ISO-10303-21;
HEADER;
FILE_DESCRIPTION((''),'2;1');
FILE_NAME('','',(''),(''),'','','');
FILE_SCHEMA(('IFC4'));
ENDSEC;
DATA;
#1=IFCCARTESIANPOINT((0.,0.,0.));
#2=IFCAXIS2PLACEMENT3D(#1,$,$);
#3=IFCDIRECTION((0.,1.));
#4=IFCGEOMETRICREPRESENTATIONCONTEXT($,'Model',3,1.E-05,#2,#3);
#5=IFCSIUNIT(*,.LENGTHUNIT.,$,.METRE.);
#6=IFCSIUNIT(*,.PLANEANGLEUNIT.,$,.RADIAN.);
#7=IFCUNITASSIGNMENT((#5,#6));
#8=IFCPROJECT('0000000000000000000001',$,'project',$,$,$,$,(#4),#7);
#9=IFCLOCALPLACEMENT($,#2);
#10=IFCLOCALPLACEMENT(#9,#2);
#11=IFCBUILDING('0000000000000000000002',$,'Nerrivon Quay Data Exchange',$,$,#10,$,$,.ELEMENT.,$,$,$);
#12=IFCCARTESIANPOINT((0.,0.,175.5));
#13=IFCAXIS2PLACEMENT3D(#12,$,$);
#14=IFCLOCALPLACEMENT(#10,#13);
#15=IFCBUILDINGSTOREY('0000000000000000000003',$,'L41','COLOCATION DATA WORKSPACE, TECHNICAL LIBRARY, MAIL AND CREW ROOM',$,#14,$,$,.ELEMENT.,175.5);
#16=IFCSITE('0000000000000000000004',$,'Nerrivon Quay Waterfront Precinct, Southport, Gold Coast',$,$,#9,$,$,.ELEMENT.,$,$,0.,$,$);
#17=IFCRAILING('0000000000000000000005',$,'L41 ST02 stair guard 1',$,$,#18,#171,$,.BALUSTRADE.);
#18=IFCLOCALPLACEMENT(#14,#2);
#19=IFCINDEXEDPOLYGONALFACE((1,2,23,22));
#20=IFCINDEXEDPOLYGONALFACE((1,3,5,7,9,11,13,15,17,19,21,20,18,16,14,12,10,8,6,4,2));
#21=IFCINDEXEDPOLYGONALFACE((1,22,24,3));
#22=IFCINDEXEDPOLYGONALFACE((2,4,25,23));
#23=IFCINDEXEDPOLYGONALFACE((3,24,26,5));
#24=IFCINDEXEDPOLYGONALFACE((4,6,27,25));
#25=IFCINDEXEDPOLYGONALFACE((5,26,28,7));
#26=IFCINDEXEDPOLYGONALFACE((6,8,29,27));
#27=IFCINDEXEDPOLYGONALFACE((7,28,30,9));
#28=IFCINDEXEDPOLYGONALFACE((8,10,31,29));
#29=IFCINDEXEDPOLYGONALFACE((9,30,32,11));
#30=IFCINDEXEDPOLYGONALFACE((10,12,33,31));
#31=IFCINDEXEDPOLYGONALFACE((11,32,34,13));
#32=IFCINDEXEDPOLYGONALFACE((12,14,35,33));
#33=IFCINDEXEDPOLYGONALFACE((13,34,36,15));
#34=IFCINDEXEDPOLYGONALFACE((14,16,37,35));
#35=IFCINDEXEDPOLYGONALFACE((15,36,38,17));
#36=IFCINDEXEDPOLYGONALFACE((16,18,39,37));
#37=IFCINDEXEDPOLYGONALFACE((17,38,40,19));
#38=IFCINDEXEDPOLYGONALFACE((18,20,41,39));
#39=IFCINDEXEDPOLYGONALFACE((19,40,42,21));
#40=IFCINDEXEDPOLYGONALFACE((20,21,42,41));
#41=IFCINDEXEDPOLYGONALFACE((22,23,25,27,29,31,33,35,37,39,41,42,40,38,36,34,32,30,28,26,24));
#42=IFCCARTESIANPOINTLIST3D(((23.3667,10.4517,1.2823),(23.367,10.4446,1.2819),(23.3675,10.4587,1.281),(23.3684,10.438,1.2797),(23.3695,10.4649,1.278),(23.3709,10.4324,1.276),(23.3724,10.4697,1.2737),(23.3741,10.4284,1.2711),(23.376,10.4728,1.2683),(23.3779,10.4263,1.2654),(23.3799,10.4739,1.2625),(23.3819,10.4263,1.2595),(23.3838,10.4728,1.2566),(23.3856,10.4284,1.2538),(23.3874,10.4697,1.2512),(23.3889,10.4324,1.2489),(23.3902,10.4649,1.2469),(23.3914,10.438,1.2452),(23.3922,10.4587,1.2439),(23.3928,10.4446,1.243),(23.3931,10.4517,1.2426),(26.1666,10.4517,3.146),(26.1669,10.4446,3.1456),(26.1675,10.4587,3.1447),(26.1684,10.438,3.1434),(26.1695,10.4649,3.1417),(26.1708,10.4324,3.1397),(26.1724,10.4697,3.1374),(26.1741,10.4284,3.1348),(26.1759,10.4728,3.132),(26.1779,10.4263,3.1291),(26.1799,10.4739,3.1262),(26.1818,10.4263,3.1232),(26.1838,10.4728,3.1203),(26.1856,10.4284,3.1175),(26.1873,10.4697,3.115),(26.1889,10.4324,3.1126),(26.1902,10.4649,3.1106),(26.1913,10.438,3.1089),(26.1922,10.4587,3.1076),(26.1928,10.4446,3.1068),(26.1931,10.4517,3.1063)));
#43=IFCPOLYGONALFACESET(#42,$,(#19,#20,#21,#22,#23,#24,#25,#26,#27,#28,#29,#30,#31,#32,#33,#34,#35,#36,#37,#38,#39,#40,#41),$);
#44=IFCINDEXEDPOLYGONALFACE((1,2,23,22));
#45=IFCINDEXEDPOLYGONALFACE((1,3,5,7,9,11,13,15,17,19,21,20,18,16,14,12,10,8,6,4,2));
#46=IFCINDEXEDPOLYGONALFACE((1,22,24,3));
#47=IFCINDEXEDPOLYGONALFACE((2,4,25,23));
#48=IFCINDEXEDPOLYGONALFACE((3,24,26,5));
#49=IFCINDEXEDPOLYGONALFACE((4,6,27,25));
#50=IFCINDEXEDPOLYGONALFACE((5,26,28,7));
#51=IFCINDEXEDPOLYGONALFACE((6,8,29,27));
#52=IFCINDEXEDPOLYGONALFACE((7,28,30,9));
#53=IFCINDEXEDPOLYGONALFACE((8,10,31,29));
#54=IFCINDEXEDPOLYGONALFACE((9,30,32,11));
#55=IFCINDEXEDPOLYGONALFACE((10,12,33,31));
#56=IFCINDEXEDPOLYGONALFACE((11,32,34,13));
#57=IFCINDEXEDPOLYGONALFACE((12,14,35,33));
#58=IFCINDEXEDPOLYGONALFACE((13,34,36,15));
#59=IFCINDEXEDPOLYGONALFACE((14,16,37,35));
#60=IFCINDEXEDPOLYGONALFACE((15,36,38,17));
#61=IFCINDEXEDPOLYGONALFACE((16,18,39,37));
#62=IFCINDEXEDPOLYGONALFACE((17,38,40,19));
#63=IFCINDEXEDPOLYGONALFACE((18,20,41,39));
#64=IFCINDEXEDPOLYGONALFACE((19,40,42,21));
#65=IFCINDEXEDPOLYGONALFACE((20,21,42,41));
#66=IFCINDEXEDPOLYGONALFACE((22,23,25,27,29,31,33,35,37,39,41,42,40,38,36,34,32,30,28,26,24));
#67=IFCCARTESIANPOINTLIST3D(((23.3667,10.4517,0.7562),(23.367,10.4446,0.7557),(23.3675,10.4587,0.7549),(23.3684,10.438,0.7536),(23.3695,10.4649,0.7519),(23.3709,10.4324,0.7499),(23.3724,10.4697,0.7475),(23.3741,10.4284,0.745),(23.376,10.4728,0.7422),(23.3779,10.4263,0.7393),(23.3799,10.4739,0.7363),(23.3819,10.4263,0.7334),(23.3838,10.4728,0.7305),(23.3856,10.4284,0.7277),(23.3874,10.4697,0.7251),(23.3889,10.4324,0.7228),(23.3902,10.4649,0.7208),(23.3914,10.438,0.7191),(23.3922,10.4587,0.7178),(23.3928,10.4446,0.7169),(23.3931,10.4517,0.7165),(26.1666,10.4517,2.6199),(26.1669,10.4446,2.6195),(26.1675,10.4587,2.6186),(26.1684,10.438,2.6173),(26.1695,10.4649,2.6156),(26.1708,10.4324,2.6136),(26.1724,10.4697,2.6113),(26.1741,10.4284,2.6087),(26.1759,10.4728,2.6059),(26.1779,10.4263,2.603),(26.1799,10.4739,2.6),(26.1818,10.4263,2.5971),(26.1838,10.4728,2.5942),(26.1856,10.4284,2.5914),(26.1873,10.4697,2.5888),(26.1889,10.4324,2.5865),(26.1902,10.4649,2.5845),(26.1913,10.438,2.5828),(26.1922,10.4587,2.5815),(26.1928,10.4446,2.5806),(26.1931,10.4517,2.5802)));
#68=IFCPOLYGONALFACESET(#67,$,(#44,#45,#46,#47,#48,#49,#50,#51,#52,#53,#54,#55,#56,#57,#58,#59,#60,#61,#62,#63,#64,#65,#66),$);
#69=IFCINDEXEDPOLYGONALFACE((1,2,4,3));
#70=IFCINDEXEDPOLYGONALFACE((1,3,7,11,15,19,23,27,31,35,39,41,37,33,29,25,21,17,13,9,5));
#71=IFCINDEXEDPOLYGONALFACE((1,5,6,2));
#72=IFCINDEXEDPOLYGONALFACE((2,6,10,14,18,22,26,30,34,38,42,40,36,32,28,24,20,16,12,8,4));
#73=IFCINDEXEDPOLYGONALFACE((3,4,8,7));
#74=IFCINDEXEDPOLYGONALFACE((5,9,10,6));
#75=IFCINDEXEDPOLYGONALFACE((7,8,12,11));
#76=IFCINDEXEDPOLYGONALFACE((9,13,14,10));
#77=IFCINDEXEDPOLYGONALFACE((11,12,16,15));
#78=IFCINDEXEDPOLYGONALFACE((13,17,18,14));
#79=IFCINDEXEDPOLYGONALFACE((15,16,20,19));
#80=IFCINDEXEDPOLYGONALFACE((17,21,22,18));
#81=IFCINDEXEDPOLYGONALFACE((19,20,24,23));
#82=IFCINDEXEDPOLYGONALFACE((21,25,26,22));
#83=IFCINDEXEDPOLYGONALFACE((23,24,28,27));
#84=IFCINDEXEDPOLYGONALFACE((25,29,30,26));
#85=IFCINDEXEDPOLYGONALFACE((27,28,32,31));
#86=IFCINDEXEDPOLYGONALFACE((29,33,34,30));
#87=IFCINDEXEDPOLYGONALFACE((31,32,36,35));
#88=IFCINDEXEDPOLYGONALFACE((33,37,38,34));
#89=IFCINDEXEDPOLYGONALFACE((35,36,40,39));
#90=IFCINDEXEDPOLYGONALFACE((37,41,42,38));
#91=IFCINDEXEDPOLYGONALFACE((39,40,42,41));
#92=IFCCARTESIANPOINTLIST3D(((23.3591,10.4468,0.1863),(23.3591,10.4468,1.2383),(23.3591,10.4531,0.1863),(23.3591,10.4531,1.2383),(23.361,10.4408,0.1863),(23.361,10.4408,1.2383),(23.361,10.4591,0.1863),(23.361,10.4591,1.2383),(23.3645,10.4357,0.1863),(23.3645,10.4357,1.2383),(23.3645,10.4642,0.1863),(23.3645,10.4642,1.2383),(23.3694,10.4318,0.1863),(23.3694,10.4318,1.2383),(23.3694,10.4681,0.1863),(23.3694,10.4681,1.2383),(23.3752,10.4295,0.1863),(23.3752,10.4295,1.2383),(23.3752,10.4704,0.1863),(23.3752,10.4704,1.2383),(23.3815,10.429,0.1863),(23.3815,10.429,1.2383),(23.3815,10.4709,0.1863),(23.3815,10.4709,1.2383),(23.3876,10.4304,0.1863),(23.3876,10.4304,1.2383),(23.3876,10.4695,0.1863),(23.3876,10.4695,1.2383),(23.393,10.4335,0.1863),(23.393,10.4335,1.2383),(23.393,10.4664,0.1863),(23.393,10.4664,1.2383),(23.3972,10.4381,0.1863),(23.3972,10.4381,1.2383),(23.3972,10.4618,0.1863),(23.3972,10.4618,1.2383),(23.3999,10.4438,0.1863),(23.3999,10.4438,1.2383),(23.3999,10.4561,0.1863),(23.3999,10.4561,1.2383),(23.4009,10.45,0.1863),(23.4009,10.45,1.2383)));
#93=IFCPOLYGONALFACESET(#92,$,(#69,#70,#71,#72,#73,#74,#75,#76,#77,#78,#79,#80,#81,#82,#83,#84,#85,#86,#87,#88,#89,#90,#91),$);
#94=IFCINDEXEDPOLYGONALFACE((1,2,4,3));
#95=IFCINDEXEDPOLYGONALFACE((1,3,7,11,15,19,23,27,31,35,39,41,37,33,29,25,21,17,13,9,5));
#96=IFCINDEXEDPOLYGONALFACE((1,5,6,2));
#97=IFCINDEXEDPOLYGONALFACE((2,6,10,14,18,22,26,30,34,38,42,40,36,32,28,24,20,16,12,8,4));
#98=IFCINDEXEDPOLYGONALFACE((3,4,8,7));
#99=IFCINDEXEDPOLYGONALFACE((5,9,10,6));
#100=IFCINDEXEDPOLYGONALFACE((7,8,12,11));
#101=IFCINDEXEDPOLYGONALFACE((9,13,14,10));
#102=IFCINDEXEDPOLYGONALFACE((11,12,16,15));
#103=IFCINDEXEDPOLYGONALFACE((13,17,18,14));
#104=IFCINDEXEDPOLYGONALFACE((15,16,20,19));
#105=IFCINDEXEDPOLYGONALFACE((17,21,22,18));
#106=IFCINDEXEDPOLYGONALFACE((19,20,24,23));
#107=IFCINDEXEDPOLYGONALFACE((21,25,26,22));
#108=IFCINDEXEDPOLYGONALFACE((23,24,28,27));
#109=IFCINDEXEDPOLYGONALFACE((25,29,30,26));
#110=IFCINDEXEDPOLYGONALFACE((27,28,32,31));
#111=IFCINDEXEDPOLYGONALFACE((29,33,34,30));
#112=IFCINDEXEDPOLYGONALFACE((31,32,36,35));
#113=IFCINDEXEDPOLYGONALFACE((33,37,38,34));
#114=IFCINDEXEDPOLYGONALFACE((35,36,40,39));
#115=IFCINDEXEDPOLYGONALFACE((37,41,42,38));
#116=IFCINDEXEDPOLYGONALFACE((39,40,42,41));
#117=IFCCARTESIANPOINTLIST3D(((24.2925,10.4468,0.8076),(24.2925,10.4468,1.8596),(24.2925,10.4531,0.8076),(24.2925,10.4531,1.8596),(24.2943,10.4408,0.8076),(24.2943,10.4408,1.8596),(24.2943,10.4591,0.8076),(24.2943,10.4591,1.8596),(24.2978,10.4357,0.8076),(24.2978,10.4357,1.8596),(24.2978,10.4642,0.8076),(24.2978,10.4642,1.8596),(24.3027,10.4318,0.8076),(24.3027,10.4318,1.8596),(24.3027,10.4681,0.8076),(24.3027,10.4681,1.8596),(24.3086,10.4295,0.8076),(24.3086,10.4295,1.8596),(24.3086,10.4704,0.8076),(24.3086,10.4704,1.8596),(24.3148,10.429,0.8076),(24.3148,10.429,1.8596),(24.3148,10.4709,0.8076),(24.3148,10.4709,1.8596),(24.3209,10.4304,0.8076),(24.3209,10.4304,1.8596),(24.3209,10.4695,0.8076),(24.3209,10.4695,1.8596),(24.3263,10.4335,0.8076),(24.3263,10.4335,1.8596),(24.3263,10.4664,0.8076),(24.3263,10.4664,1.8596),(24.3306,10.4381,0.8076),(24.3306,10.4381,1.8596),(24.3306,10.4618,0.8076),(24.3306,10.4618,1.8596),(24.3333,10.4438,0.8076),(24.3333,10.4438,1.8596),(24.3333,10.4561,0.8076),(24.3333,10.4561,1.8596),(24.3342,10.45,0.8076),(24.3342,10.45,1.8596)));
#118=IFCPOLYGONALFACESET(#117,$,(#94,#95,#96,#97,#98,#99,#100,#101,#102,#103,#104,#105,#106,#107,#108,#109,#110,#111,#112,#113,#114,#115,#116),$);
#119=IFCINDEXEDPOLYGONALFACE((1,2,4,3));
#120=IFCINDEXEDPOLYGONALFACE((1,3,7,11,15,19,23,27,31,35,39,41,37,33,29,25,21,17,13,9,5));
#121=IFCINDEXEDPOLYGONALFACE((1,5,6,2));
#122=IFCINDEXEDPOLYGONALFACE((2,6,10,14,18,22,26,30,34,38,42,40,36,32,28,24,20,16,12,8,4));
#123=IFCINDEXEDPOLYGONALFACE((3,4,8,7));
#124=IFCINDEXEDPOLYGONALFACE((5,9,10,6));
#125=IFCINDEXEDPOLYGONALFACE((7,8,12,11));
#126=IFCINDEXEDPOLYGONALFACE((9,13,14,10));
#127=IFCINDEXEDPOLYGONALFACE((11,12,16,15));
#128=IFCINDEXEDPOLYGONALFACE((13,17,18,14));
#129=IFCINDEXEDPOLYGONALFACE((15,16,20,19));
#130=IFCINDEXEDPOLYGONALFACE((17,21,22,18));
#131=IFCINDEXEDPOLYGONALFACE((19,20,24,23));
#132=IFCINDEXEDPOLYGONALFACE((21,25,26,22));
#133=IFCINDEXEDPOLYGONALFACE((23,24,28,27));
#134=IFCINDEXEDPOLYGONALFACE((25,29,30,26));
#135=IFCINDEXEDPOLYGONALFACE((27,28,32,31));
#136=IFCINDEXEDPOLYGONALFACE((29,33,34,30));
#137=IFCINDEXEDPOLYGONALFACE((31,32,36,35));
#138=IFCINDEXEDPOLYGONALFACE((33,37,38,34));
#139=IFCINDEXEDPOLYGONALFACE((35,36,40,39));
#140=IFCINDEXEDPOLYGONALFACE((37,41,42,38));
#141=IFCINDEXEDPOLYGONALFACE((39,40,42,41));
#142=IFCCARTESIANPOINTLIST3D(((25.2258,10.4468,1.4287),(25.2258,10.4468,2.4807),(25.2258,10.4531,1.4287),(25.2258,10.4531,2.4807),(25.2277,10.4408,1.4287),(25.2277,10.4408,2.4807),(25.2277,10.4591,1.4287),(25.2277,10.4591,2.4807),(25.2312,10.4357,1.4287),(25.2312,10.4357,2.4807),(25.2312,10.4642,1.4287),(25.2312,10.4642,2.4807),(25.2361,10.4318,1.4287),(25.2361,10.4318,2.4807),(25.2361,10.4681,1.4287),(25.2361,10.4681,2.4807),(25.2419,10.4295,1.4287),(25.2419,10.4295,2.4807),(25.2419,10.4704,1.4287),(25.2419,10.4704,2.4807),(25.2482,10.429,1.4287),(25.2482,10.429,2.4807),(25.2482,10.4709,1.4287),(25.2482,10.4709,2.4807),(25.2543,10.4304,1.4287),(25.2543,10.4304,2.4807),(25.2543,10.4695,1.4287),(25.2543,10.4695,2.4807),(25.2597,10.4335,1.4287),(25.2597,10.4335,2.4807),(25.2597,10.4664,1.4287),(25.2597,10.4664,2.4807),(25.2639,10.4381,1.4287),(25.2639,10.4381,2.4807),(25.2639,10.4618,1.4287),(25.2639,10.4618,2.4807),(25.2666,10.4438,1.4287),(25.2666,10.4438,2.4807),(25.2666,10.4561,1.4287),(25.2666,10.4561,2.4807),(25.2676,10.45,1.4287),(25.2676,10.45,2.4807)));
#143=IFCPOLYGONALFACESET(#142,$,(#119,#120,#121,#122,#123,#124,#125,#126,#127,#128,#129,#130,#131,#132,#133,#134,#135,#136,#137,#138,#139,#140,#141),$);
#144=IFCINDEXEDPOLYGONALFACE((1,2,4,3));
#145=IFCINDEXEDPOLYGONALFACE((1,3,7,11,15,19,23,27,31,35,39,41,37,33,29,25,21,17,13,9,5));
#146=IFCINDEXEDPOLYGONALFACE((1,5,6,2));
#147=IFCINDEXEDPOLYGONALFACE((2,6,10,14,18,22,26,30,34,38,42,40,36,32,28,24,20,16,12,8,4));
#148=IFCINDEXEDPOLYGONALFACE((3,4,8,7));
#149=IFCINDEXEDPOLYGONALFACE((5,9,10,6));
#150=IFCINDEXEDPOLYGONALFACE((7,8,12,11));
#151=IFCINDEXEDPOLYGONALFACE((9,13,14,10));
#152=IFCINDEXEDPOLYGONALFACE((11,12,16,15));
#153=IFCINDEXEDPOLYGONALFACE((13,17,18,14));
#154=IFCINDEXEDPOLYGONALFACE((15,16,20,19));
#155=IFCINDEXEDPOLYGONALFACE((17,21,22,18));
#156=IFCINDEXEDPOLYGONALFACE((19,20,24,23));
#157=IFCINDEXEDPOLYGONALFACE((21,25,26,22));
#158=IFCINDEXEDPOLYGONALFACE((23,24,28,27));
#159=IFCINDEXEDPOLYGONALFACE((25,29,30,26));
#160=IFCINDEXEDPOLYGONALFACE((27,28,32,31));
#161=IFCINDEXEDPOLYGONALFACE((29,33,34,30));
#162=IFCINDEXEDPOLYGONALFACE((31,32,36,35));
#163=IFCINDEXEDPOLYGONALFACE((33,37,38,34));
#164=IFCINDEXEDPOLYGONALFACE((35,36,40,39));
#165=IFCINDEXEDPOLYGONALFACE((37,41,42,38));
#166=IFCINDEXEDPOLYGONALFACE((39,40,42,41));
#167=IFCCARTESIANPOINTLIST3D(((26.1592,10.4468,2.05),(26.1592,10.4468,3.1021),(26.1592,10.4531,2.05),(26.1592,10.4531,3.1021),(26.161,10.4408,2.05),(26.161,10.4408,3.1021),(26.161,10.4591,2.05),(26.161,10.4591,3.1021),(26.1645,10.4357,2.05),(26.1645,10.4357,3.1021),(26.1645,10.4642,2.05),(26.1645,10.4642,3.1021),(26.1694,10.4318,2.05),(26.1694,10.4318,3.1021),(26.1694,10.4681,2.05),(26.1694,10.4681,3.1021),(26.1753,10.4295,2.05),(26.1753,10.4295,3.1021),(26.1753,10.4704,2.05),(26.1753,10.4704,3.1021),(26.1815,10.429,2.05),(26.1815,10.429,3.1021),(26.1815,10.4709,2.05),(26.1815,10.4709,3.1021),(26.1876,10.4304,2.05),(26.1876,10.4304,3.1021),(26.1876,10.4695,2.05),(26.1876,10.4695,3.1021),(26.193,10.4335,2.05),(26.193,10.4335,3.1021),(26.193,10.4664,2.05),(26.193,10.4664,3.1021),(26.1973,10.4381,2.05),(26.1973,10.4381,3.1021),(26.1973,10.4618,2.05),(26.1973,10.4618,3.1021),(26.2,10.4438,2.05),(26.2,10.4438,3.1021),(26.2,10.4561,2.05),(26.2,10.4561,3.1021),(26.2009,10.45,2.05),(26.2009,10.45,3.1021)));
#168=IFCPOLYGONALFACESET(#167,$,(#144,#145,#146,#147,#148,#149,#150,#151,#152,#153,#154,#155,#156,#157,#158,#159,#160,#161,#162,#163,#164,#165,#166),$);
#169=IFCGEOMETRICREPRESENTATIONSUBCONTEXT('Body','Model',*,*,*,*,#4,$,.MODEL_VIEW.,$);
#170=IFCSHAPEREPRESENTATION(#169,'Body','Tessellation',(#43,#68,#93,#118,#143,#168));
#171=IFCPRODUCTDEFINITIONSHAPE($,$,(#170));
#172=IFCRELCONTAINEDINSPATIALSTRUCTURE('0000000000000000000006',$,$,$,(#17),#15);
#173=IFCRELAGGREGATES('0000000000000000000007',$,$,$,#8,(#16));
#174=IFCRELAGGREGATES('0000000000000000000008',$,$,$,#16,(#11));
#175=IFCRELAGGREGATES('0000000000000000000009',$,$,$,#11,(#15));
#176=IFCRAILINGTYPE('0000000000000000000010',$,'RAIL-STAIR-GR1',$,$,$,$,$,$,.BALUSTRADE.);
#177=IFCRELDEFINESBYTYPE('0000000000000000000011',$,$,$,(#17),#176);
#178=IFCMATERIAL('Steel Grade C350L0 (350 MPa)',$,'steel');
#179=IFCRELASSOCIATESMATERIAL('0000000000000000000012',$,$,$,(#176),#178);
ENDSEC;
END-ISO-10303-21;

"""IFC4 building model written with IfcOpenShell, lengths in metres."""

from ifc_helpers import new_model, si_unit, direction, frame, origin, origin_2d, place, context, subcontext, project, spatial, circle, extrude, material, type_object, element, save


model = new_model("IFC4")

# Units and contexts
model_context = context("Model", 3, precision=1e-05, world=origin(), true_north=direction((0.0, 1.0)))
body_context = subcontext(model_context, "Body", "Model", "MODEL_VIEW")
ifc_project = project(units=[si_unit("LENGTHUNIT", "METRE"), si_unit("PLANEANGLEUNIT", "RADIAN")], contexts=[model_context])

# Site, building, storey
site_placement = place(None, origin())
site = spatial("IfcSite", under=ifc_project, at=site_placement, Name="Nerrivon Quay Waterfront Precinct, Southport, Gold Coast", CompositionType="ELEMENT", RefElevation=0.0)
building_placement = place(site_placement, origin())
building = spatial("IfcBuilding", under=site, at=building_placement, Name="Nerrivon Quay Data Exchange", CompositionType="ELEMENT")
storey_placement = place(building_placement, frame((0.0, 0.0, 175.5)))
storey = spatial("IfcBuildingStorey", under=building, at=storey_placement, Name="L41", Description="COLOCATION DATA WORKSPACE, TECHNICAL LIBRARY, MAIL AND CREW ROOM", CompositionType="ELEMENT", Elevation=175.5)

# Railing
ifc_material_1 = material(Name="Steel Grade C350L0 (350 MPa)", Category="steel")
railing_type_1 = type_object("IfcRailingType", Name="RAIL-STAIR-GR1", PredefinedType="BALUSTRADE", material=ifc_material_1)
railing_1_placement = place(storey_placement, frame((23.3799, 10.45, 0.1863)))
element("IfcRailing", 1, at=railing_1_placement, inside=storey, type_object=railing_type_1, Name="L41 ST02 stair guard 1", PredefinedType="BALUSTRADE", context=body_context, shape_type="SweptSolid", body=[
    extrude(circle(Radius=0.0239, at=origin_2d()), frame((0.0, 0.0, 1.0762), z_axis=(0.832452, 0.0, 0.554097), x_axis=(0.0, 1.0, 0.0)), (0.0, 0.0, 1.0), 3.3635),
    extrude(circle(Radius=0.0239, at=origin_2d()), frame((0.0, 0.0, 0.55), z_axis=(0.832452, 0.0, 0.554097), x_axis=(0.0, 1.0, 0.0)), (0.0, 0.0, 1.0), 3.3635),
    extrude(circle(Radius=0.021, at=origin_2d()), origin(), (0.0, 0.0, 1.0), 1.052),
    extrude(circle(Radius=0.021, at=origin_2d()), frame((0.9333, 0.0, 0.6213)), (0.0, 0.0, 1.0), 1.052),
    extrude(circle(Radius=0.021, at=origin_2d()), frame((1.8667, 0.0, 1.2424)), (0.0, 0.0, 1.0), 1.052),
    extrude(circle(Radius=0.021, at=origin_2d()), frame((2.8, 0.0, 1.8638)), (0.0, 0.0, 1.0), 1.052),
])

save(model, "model.ifc")
